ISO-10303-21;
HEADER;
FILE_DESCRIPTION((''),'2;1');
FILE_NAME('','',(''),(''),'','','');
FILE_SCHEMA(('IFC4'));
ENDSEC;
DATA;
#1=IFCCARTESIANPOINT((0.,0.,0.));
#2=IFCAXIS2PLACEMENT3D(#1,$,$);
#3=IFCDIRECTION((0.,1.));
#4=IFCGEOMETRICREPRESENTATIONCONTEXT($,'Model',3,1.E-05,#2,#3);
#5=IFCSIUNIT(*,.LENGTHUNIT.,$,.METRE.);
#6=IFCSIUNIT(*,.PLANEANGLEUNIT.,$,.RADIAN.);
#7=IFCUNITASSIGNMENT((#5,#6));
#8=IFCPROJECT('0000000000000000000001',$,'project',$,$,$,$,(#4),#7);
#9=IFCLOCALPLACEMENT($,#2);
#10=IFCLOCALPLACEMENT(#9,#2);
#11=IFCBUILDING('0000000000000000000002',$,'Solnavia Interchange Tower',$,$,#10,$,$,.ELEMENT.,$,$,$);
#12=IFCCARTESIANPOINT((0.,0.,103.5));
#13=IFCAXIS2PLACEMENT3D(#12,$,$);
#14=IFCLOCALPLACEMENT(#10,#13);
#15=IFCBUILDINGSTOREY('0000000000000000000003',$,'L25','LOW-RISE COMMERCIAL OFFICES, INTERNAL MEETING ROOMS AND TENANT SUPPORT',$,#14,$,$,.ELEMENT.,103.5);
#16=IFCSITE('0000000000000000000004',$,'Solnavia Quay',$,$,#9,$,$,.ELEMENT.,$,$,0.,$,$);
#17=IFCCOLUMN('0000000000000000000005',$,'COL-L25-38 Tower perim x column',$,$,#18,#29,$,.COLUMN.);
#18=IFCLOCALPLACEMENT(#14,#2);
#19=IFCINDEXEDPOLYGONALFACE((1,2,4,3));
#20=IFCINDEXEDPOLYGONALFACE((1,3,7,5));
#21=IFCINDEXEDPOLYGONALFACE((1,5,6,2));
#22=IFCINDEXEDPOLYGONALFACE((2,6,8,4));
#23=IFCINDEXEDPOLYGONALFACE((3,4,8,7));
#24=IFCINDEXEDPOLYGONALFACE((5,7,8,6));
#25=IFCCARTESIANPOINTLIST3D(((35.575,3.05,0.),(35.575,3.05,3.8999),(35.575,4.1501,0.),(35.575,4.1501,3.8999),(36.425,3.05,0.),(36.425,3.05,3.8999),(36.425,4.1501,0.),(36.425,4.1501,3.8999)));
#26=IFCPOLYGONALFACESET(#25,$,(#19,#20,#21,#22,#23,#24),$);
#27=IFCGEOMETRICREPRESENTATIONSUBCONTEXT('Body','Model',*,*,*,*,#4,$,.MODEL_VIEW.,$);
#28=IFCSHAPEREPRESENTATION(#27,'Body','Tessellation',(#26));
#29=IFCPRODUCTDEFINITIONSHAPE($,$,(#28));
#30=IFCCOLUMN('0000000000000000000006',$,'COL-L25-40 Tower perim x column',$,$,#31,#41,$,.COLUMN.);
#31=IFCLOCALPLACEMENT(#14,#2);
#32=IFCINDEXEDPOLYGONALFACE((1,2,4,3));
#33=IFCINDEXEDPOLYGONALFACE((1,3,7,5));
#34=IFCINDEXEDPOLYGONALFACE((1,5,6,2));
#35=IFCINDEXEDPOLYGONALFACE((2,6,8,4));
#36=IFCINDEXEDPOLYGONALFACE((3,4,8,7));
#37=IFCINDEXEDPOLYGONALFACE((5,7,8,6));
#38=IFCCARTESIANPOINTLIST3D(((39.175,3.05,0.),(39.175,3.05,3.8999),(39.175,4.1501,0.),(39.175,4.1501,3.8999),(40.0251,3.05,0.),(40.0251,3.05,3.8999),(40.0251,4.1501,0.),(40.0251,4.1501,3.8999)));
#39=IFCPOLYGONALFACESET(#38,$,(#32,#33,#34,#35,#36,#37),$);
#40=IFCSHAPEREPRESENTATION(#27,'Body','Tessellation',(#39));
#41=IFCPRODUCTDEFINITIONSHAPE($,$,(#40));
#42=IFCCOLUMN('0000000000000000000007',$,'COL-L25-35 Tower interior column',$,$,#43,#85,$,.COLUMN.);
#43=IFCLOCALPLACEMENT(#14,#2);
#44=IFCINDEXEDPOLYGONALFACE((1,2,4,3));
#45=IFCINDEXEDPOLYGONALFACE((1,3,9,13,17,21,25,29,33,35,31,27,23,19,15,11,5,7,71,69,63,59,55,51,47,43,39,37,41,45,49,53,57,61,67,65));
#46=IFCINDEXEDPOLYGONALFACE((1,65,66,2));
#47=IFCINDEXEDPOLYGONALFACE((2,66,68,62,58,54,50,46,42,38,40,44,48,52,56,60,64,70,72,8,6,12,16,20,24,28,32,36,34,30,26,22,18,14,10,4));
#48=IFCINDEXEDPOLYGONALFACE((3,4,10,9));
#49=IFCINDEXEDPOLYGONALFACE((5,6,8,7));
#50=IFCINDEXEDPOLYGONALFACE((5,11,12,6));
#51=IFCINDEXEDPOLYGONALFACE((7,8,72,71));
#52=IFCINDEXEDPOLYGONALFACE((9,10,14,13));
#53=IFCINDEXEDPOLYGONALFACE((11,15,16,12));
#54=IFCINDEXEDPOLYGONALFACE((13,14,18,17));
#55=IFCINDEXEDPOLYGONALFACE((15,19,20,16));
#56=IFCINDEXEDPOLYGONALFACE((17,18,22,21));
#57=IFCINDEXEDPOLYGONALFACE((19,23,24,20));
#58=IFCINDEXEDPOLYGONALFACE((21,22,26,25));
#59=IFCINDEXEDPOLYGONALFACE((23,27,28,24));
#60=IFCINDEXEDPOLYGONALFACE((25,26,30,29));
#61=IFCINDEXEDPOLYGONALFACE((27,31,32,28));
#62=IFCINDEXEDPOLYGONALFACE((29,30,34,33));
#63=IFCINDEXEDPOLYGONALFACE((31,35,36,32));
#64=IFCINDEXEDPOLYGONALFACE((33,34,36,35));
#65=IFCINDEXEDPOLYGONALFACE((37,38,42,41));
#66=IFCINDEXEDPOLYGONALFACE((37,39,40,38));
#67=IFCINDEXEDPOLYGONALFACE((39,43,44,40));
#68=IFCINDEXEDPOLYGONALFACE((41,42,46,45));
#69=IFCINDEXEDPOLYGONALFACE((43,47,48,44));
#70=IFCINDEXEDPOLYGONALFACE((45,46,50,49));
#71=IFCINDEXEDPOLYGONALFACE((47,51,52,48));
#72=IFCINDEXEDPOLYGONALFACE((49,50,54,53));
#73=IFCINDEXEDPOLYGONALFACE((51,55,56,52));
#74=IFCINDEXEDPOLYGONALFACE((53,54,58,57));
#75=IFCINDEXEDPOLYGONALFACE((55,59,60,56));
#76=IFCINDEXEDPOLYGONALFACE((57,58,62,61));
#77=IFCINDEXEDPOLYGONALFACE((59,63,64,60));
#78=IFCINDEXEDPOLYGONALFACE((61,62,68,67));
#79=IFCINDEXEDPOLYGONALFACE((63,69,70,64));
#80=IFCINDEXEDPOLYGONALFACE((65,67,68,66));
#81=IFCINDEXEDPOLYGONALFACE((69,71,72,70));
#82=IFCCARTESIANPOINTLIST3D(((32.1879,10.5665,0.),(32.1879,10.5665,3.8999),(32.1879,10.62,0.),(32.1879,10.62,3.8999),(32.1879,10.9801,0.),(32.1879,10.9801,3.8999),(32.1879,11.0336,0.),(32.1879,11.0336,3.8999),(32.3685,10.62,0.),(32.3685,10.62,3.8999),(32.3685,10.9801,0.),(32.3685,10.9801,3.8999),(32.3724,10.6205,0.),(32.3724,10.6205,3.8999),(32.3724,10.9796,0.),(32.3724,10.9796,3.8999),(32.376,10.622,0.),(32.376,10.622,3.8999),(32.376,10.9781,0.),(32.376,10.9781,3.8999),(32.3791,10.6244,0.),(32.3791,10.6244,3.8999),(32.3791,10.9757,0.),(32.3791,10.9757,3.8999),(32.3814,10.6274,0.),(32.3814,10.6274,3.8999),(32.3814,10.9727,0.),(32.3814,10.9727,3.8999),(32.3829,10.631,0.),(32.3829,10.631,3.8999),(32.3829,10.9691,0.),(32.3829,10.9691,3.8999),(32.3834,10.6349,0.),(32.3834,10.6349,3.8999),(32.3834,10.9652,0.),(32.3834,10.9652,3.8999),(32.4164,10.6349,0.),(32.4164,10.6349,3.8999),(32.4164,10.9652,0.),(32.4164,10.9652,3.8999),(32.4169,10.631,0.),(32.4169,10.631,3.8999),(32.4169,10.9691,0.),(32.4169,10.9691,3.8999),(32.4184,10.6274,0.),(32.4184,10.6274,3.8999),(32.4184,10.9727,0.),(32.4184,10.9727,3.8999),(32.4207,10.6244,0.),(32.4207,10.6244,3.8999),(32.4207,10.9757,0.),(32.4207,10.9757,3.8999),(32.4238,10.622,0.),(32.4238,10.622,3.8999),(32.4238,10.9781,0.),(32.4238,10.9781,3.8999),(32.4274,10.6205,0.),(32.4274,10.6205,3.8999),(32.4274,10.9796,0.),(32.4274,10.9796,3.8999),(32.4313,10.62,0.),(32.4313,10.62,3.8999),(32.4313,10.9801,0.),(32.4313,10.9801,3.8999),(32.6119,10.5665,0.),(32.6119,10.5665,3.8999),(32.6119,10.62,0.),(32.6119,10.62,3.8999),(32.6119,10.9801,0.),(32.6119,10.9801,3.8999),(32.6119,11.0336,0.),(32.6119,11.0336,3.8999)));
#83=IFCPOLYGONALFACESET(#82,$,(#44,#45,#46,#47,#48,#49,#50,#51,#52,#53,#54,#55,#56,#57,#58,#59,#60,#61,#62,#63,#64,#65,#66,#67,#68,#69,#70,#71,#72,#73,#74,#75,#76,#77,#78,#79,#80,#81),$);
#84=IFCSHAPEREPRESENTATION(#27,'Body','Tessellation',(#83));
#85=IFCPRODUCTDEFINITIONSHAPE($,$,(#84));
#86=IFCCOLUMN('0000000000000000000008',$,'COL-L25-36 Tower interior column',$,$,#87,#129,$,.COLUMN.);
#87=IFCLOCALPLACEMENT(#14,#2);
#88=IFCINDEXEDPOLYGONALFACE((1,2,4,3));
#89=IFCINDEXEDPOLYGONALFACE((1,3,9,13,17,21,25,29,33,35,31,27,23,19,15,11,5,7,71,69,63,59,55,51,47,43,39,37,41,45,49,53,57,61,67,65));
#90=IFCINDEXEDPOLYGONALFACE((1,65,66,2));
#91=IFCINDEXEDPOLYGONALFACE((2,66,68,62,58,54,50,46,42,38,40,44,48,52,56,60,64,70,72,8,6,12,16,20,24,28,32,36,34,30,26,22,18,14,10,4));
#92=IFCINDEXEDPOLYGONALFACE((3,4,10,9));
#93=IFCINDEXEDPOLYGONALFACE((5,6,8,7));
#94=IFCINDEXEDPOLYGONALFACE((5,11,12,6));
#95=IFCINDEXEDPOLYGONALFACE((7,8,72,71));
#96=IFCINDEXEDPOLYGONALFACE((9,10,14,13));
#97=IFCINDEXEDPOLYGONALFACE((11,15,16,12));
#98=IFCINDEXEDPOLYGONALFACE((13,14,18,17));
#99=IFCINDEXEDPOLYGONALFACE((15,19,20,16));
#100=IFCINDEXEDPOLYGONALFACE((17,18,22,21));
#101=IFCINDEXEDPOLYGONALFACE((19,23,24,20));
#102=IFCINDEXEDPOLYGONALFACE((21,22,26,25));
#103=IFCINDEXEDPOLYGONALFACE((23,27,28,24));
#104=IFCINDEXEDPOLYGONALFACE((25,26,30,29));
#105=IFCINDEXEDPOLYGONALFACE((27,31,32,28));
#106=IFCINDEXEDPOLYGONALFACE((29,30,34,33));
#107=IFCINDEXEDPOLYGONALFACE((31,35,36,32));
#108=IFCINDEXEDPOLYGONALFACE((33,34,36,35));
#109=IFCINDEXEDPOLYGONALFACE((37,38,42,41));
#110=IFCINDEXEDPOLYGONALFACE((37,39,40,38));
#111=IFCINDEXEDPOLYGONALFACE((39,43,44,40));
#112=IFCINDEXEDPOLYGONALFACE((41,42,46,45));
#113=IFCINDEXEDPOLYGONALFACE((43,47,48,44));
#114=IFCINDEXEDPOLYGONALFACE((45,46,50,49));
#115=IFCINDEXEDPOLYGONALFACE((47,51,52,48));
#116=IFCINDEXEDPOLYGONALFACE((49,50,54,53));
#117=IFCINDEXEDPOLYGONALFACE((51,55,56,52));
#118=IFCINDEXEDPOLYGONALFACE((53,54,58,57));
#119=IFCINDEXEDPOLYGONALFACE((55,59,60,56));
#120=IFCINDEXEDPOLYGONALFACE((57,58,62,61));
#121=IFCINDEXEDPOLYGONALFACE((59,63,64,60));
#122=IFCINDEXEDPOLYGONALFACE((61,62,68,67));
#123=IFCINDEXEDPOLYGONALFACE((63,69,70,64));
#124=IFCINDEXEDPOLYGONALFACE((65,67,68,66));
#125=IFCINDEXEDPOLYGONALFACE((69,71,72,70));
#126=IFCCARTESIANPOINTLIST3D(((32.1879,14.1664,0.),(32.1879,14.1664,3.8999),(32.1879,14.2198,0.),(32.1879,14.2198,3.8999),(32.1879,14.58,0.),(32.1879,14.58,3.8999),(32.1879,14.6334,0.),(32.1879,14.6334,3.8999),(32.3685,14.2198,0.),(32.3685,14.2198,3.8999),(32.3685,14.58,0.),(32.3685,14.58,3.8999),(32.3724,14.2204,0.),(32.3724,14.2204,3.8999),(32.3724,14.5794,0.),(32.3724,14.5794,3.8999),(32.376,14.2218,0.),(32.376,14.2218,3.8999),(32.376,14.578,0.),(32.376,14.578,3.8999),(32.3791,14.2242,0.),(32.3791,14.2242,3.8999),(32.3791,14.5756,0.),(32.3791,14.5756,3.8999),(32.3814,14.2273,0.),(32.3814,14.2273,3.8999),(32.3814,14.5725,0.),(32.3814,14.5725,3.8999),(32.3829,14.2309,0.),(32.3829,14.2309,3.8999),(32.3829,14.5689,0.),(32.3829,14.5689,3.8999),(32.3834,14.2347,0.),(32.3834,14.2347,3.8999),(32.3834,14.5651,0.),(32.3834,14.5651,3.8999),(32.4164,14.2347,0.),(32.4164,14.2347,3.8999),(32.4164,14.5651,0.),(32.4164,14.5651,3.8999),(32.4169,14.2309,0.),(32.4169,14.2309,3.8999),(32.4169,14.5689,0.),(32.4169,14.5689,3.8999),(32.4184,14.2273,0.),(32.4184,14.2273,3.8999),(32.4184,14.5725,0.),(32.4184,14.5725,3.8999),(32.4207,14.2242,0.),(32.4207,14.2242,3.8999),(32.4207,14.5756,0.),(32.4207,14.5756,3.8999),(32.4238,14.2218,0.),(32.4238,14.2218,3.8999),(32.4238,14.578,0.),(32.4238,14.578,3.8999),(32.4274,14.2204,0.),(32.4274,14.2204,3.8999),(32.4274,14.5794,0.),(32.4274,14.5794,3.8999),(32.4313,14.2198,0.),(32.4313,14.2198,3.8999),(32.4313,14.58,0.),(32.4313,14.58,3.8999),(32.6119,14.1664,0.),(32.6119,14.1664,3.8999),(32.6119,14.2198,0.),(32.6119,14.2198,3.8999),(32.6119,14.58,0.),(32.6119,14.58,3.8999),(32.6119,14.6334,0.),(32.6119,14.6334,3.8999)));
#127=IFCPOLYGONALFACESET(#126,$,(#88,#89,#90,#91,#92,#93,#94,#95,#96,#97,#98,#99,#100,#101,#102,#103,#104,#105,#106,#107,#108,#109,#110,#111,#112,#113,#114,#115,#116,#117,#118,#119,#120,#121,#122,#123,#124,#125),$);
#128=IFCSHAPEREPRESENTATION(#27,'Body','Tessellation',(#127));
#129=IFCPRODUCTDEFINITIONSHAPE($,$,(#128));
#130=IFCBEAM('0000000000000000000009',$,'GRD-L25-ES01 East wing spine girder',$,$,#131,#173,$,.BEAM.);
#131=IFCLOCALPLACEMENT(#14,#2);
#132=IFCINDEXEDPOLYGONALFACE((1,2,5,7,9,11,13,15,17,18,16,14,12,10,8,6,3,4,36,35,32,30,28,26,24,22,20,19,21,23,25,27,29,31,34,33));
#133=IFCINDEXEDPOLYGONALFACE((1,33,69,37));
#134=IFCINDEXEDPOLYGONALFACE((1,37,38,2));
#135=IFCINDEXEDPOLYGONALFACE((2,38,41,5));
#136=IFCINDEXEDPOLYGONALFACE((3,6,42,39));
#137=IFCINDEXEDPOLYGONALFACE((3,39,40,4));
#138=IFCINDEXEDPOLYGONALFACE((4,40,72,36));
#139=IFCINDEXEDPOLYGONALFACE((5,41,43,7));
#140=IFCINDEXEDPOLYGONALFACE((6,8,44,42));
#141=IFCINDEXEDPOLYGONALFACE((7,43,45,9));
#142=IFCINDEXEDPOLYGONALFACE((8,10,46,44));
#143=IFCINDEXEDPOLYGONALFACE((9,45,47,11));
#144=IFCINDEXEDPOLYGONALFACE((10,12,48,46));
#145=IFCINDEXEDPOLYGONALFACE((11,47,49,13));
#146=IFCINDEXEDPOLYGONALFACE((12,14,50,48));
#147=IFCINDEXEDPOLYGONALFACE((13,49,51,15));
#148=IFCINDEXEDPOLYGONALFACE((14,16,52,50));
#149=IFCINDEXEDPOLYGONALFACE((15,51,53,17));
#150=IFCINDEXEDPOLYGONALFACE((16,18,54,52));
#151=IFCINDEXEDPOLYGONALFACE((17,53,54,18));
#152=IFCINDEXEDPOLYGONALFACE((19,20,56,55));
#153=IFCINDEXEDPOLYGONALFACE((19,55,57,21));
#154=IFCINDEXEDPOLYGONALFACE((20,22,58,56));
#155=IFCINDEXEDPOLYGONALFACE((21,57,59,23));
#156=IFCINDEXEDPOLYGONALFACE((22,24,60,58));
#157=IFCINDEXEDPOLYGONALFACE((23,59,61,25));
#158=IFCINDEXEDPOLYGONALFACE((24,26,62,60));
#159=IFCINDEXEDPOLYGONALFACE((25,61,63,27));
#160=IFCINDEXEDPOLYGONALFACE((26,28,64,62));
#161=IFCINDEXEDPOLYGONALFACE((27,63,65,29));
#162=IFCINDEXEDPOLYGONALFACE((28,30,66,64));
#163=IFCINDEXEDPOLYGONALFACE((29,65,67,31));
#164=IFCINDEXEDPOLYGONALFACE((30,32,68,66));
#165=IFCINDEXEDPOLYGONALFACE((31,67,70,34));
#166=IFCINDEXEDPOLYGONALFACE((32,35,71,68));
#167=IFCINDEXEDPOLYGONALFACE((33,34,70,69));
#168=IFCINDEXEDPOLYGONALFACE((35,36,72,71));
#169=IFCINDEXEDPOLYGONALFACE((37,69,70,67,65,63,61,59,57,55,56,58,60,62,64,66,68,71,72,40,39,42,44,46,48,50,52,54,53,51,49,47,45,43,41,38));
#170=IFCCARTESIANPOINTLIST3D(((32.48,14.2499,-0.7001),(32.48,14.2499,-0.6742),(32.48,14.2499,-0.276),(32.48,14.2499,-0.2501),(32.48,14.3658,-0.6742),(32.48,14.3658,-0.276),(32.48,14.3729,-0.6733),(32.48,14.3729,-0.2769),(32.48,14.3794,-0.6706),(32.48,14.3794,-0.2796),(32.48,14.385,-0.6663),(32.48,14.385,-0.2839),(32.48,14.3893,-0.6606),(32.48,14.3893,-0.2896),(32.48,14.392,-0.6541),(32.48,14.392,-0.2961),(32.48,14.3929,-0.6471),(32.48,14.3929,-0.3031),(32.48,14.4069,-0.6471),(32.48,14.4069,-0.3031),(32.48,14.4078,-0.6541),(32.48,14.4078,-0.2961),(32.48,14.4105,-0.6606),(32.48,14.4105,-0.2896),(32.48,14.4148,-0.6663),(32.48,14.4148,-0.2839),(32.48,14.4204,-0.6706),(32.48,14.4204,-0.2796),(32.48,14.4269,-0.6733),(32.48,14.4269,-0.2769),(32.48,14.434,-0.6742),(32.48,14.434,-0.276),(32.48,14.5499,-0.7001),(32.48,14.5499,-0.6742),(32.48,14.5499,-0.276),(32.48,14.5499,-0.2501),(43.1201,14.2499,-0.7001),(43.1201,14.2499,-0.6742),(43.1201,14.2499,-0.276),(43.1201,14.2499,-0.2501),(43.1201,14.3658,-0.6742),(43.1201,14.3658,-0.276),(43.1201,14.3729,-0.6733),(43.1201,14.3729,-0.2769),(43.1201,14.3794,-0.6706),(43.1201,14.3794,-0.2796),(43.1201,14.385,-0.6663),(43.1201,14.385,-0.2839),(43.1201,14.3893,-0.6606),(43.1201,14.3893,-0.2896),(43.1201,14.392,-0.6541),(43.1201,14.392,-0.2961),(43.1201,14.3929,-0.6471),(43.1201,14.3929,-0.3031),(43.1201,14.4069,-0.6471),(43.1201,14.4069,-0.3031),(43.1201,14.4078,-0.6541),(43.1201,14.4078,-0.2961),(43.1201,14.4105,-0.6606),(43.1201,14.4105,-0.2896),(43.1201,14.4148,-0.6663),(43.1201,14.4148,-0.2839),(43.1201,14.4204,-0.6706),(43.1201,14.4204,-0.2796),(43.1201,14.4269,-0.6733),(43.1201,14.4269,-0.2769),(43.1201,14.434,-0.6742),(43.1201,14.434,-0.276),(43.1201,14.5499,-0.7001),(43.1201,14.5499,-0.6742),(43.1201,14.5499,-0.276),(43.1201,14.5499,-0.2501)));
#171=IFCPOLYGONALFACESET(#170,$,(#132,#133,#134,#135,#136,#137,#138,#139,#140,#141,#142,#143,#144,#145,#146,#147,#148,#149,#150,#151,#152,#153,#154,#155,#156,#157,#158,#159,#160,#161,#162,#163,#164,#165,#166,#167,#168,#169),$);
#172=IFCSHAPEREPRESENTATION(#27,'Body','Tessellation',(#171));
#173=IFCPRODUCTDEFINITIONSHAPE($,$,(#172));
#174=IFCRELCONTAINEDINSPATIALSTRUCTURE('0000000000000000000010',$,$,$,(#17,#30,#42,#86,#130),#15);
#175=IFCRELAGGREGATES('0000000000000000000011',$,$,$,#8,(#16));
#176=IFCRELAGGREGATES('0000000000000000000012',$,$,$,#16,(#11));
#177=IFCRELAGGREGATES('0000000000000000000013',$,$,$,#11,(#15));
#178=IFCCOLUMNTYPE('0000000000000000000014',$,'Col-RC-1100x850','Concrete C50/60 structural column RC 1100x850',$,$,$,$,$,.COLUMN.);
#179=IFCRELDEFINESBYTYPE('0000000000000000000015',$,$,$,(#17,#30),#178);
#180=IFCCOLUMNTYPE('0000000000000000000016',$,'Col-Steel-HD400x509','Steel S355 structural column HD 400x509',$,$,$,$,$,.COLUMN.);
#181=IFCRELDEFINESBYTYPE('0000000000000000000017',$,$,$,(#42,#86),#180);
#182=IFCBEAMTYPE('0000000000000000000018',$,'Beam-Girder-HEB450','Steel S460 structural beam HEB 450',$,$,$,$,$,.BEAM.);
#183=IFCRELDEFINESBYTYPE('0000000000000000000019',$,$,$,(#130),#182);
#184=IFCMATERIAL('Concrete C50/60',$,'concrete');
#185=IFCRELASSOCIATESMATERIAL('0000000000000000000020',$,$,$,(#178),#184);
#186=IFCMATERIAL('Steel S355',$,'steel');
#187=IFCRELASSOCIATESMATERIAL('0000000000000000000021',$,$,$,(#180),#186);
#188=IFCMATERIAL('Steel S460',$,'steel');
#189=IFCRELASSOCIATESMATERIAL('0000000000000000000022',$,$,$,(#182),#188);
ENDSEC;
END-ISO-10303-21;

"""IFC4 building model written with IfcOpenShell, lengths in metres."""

from ifc_helpers import new_model, si_unit, direction, frame, origin, origin_2d, place, context, subcontext, project, spatial, rectangle, i_section, extrude, material, material_profile, profile_set, type_object, element, save


model = new_model("IFC4")

# Units and contexts
model_context = context("Model", 3, precision=1e-05, world=origin(), true_north=direction((0.0, 1.0)))
body_context = subcontext(model_context, "Body", "Model", "MODEL_VIEW")
ifc_project = project(units=[si_unit("LENGTHUNIT", "METRE"), si_unit("PLANEANGLEUNIT", "RADIAN")], contexts=[model_context])

# Site, building, storey
site_placement = place(None, origin())
site = spatial("IfcSite", under=ifc_project, at=site_placement, Name="Solnavia Quay", CompositionType="ELEMENT", RefElevation=0.0)
building_placement = place(site_placement, origin())
building = spatial("IfcBuilding", under=site, at=building_placement, Name="Solnavia Interchange Tower", CompositionType="ELEMENT")
storey_placement = place(building_placement, frame((0.0, 0.0, 103.5)))
storey = spatial("IfcBuildingStorey", under=building, at=storey_placement, Name="L25", Description="LOW-RISE COMMERCIAL OFFICES, INTERNAL MEETING ROOMS AND TENANT SUPPORT", CompositionType="ELEMENT", Elevation=103.5)

# Columns
ifc_material_1 = material(Name="Concrete C50/60", Category="concrete")
ifc_material_profile_1 = material_profile(ifc_material_1, rectangle(XDim=0.8501, YDim=1.1001, at=origin_2d()), Name="RC 1100x850")
ifc_profile_set_1 = profile_set([ifc_material_profile_1], Name="Concrete C50/60")
column_type_1 = type_object("IfcColumnType", Name="Col-RC-1100x850", Description="Concrete C50/60 structural column RC 1100x850", PredefinedType="COLUMN", material=ifc_profile_set_1)
for number, where, z_axis, x_axis, name in (
    (1, (36.0, 3.6001, 0.0), (0.0, 0.0, 1.0), (1.0, 0.0, 0.0), "COL-L25-38 Tower perim x column"),
    (2, (39.6001, 3.6001, 0.0), (0.0, 0.0, 1.0), (1.0, 0.0, 0.0), "COL-L25-40 Tower perim x column"),
):
    element("IfcColumn", number, at=place(storey_placement, frame(where, z_axis=z_axis, x_axis=x_axis)), inside=storey, type_object=column_type_1, Name=name, PredefinedType="COLUMN", context=body_context, shape_type="SweptSolid", body=[
        extrude(rectangle(XDim=0.8501, YDim=1.1001, at=origin_2d()), origin(), (0.0, 0.0, 1.0), 3.8999),
    ])
ifc_material_2 = material(Name="Steel S355", Category="steel")
ifc_material_profile_2 = material_profile(ifc_material_2, i_section(OverallWidth=0.4241, OverallDepth=0.467, WebThickness=0.033, FlangeThickness=0.0535, FilletRadius=0.0149, at=origin_2d()), Name="HD 400x509")
ifc_profile_set_2 = profile_set([ifc_material_profile_2], Name="Steel S355")
column_type_2 = type_object("IfcColumnType", Name="Col-Steel-HD400x509", Description="Steel S355 structural column HD 400x509", PredefinedType="COLUMN", material=ifc_profile_set_2)
for number, where, z_axis, x_axis, name in (
    (3, (32.3999, 10.8, 0.0), (0.0, 0.0, 1.0), (1.0, 0.0, 0.0), "COL-L25-35 Tower interior column"),
    (4, (32.3999, 14.3999, 0.0), (0.0, 0.0, 1.0), (1.0, 0.0, 0.0), "COL-L25-36 Tower interior column"),
):
    element("IfcColumn", number, at=place(storey_placement, frame(where, z_axis=z_axis, x_axis=x_axis)), inside=storey, type_object=column_type_2, Name=name, PredefinedType="COLUMN", context=body_context, shape_type="SweptSolid", body=[
        extrude(i_section(OverallWidth=0.4241, OverallDepth=0.467, WebThickness=0.033, FlangeThickness=0.0535, FilletRadius=0.0149, at=origin_2d()), origin(), (0.0, 0.0, 1.0), 3.8999),
    ])

# Beam
ifc_material_3 = material(Name="Steel S460", Category="steel")
ifc_material_profile_3 = material_profile(ifc_material_3, i_section(OverallWidth=0.3, OverallDepth=0.45, WebThickness=0.0139, FlangeThickness=0.0259, FilletRadius=0.0271, at=origin_2d()), Name="HEB 450")
ifc_profile_set_3 = profile_set([ifc_material_profile_3], Name="Steel S460")
beam_type_1 = type_object("IfcBeamType", Name="Beam-Girder-HEB450", Description="Steel S460 structural beam HEB 450", PredefinedType="BEAM", material=ifc_profile_set_3)
beam_1_placement = place(storey_placement, frame((32.48, 14.3999, -0.4751), z_axis=(1.0, 0.0, 0.0), x_axis=(0.0, 1.0, 0.0)))
element("IfcBeam", 5, at=beam_1_placement, inside=storey, type_object=beam_type_1, Name="GRD-L25-ES01 East wing spine girder", PredefinedType="BEAM", context=body_context, shape_type="SweptSolid", body=[
    extrude(i_section(OverallWidth=0.3, OverallDepth=0.45, WebThickness=0.0139, FlangeThickness=0.0259, FilletRadius=0.0271, at=origin_2d()), origin(), (0.0, 0.0, 1.0), 10.6401),
])

save(model, "model.ifc")
